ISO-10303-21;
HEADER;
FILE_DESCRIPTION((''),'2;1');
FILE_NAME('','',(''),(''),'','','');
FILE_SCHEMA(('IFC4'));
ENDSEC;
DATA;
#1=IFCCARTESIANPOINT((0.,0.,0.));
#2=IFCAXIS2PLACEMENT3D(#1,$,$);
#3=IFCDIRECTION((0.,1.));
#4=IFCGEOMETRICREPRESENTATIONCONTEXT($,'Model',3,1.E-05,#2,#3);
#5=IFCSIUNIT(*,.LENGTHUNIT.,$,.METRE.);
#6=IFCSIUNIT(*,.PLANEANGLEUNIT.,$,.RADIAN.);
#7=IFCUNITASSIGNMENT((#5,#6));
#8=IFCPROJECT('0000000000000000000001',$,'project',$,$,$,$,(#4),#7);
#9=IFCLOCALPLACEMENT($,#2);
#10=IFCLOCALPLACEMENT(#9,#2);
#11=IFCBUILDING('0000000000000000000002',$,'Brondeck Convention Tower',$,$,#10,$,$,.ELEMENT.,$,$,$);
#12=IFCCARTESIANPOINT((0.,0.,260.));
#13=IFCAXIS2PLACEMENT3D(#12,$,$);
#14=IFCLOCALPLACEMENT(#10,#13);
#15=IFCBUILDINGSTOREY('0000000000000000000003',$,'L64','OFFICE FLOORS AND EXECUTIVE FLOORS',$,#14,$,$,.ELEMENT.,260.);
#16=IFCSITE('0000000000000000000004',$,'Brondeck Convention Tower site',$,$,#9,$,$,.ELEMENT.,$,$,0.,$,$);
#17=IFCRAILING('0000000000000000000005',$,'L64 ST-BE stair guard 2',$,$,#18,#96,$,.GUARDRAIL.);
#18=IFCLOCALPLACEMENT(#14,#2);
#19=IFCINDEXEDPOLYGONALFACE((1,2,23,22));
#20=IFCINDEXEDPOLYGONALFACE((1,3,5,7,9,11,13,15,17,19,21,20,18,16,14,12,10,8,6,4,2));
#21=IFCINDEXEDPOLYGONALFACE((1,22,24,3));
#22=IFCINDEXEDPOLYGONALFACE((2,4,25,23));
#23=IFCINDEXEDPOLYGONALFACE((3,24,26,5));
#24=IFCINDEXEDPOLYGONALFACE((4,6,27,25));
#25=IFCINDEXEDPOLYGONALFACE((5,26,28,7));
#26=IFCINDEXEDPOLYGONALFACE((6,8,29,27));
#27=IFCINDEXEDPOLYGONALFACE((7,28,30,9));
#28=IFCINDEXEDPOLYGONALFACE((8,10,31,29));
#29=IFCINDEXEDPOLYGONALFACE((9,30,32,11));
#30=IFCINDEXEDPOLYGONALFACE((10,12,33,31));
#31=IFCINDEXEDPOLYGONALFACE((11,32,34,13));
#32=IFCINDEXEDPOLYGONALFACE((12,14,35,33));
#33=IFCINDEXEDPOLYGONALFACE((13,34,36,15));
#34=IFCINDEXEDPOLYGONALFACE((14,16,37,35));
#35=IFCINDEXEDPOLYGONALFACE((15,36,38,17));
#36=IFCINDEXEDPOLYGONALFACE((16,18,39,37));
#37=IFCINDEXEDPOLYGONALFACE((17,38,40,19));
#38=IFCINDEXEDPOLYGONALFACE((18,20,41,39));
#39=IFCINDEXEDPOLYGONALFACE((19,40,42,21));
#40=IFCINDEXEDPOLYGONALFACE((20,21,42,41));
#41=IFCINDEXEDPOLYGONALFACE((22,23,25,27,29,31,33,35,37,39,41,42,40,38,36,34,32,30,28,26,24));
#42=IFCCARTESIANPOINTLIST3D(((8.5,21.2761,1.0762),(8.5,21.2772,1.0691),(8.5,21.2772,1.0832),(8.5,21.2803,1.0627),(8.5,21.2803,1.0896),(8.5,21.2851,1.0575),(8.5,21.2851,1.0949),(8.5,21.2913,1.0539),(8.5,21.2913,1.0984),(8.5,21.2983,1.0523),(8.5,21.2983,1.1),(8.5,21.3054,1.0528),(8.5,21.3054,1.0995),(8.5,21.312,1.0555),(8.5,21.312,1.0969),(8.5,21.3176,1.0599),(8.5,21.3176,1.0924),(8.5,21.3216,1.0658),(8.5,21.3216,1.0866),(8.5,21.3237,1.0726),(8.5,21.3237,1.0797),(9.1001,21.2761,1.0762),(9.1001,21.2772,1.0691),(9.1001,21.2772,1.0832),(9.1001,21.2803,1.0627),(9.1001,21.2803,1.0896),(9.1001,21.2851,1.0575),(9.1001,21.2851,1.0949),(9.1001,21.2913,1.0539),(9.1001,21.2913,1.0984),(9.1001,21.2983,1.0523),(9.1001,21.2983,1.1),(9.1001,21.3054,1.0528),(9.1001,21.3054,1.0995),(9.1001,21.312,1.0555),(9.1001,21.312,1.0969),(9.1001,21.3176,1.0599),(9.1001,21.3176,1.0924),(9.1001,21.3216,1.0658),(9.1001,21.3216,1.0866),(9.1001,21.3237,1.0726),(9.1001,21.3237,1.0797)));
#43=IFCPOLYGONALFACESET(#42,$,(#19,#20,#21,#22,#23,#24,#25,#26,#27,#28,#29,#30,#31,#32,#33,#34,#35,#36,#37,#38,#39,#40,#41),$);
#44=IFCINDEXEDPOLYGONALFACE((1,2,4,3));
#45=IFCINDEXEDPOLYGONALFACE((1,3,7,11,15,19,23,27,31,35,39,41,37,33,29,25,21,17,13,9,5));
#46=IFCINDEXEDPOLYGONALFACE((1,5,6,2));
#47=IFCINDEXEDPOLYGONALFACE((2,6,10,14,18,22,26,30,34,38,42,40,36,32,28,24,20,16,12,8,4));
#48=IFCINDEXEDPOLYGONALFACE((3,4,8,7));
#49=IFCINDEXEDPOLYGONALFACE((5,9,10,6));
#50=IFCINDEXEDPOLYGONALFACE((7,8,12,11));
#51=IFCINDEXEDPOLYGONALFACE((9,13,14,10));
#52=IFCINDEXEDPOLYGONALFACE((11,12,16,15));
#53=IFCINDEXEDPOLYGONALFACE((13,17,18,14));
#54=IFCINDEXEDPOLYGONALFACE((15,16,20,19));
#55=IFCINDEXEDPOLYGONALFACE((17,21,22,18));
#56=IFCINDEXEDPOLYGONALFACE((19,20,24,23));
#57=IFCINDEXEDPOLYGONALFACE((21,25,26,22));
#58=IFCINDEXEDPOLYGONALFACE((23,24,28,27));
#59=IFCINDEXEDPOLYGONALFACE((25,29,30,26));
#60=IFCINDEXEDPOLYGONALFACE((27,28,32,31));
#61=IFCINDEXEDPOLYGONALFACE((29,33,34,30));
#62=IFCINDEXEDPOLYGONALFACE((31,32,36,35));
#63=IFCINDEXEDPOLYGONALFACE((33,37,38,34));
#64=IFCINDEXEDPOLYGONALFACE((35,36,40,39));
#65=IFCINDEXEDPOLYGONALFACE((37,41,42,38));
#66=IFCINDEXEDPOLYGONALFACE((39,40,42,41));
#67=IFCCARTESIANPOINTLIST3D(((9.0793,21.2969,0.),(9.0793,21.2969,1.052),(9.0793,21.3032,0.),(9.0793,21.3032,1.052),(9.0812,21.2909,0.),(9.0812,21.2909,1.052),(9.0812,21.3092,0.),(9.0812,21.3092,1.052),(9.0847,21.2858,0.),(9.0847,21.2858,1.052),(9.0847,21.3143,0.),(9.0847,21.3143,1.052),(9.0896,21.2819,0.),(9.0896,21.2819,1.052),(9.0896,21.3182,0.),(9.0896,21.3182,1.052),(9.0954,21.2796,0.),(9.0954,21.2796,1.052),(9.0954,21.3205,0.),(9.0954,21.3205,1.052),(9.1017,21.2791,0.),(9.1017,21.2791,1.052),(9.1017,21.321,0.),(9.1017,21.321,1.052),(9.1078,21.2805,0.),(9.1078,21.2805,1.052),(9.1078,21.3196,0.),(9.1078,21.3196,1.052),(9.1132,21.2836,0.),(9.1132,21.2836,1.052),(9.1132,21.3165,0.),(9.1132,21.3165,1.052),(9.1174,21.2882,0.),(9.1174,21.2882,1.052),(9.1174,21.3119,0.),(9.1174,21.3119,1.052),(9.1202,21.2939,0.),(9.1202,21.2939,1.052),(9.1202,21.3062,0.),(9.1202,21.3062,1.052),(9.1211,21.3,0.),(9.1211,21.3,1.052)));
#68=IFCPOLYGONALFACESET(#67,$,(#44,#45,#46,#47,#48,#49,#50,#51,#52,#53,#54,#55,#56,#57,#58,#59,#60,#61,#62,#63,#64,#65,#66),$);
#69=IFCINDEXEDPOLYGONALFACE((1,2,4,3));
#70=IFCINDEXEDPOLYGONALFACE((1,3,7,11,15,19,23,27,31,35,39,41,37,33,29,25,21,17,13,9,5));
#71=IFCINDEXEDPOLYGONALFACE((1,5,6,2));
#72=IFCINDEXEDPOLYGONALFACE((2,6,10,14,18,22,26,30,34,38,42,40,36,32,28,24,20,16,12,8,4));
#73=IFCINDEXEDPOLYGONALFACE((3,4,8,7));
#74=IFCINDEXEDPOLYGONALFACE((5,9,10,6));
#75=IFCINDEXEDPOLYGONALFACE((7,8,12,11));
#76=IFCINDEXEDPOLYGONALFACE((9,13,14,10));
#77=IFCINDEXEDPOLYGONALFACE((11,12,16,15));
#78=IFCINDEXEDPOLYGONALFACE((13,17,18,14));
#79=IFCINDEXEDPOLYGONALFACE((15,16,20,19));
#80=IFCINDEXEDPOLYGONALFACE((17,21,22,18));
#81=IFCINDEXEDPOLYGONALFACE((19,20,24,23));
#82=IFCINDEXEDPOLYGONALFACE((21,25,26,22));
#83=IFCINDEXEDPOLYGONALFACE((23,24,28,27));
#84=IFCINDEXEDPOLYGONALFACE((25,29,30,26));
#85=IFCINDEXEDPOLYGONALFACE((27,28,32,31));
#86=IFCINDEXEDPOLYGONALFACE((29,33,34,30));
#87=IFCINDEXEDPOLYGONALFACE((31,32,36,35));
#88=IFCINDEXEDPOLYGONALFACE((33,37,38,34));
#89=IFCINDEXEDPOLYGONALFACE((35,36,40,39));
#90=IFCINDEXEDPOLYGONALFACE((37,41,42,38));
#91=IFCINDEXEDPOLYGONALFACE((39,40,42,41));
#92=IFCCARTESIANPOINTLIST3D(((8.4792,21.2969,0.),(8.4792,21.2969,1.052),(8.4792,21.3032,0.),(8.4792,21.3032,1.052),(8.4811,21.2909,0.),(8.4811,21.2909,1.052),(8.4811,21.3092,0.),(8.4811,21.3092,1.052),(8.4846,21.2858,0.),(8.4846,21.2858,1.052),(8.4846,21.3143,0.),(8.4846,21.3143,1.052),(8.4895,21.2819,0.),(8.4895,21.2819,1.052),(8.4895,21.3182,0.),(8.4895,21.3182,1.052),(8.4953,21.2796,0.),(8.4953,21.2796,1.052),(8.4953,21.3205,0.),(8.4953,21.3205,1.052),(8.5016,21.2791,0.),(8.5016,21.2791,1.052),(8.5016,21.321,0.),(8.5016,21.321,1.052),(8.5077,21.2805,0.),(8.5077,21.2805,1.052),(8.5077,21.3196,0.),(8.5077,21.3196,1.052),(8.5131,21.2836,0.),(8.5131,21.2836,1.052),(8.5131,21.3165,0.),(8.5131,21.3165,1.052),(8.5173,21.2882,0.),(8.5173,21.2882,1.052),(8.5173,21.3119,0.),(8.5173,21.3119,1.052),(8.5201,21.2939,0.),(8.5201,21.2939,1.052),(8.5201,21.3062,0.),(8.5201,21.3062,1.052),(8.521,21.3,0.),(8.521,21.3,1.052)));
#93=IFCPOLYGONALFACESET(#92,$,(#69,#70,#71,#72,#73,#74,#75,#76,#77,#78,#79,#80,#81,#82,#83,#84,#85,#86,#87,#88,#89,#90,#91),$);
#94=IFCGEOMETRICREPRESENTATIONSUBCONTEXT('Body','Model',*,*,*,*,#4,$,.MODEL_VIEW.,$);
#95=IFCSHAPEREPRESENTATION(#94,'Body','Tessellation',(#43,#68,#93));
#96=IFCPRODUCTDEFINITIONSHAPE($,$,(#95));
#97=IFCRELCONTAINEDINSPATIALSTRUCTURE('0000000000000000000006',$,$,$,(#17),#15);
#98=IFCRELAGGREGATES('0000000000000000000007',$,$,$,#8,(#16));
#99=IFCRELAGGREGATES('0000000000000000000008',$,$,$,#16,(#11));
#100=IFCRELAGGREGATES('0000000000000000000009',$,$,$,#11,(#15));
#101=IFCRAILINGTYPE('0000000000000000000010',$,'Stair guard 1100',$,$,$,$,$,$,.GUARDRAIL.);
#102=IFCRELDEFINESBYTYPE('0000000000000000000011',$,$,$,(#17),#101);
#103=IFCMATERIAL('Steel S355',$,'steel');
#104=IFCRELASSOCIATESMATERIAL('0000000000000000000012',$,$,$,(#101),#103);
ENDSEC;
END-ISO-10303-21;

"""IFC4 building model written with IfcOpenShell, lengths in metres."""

from ifc_helpers import new_model, si_unit, direction, frame, origin, origin_2d, place, context, subcontext, project, spatial, circle, extrude, material, type_object, element, save


model = new_model("IFC4")

# Units and contexts
model_context = context("Model", 3, precision=1e-05, world=origin(), true_north=direction((0.0, 1.0)))
body_context = subcontext(model_context, "Body", "Model", "MODEL_VIEW")
ifc_project = project(units=[si_unit("LENGTHUNIT", "METRE"), si_unit("PLANEANGLEUNIT", "RADIAN")], contexts=[model_context])

# Site, building, storey
site_placement = place(None, origin())
site = spatial("IfcSite", under=ifc_project, at=site_placement, Name="Brondeck Convention Tower site", CompositionType="ELEMENT", RefElevation=0.0)
building_placement = place(site_placement, origin())
building = spatial("IfcBuilding", under=site, at=building_placement, Name="Brondeck Convention Tower", CompositionType="ELEMENT")
storey_placement = place(building_placement, frame((0.0, 0.0, 260.0)))
storey = spatial("IfcBuildingStorey", under=building, at=storey_placement, Name="L64", Description="OFFICE FLOORS AND EXECUTIVE FLOORS", CompositionType="ELEMENT", Elevation=260.0)

# Railing
ifc_material_1 = material(Name="Steel S355", Category="steel")
railing_type = type_object("IfcRailingType", Name="Stair guard 1100", PredefinedType="GUARDRAIL", material=ifc_material_1)
railing_1_placement = place(storey_placement, frame((9.1001, 21.3, 0.0)))
element("IfcRailing", 1, at=railing_1_placement, inside=storey, type_object=railing_type, Name="L64 ST-BE stair guard 2", PredefinedType="GUARDRAIL", context=body_context, shape_type="SweptSolid", body=[
    extrude(circle(Radius=0.0239, at=origin_2d()), frame((0.0, 0.0, 1.0762), z_axis=(-1.0, 0.0, 0.0), x_axis=(0.0, -1.0, 0.0)), (0.0, 0.0, 1.0), 0.6001),
    extrude(circle(Radius=0.021, at=origin_2d()), origin(), (0.0, 0.0, 1.0), 1.052),
    extrude(circle(Radius=0.021, at=origin_2d()), frame((-0.6001, 0.0, 0.0)), (0.0, 0.0, 1.0), 1.052),
])

save(model, "model.ifc")
